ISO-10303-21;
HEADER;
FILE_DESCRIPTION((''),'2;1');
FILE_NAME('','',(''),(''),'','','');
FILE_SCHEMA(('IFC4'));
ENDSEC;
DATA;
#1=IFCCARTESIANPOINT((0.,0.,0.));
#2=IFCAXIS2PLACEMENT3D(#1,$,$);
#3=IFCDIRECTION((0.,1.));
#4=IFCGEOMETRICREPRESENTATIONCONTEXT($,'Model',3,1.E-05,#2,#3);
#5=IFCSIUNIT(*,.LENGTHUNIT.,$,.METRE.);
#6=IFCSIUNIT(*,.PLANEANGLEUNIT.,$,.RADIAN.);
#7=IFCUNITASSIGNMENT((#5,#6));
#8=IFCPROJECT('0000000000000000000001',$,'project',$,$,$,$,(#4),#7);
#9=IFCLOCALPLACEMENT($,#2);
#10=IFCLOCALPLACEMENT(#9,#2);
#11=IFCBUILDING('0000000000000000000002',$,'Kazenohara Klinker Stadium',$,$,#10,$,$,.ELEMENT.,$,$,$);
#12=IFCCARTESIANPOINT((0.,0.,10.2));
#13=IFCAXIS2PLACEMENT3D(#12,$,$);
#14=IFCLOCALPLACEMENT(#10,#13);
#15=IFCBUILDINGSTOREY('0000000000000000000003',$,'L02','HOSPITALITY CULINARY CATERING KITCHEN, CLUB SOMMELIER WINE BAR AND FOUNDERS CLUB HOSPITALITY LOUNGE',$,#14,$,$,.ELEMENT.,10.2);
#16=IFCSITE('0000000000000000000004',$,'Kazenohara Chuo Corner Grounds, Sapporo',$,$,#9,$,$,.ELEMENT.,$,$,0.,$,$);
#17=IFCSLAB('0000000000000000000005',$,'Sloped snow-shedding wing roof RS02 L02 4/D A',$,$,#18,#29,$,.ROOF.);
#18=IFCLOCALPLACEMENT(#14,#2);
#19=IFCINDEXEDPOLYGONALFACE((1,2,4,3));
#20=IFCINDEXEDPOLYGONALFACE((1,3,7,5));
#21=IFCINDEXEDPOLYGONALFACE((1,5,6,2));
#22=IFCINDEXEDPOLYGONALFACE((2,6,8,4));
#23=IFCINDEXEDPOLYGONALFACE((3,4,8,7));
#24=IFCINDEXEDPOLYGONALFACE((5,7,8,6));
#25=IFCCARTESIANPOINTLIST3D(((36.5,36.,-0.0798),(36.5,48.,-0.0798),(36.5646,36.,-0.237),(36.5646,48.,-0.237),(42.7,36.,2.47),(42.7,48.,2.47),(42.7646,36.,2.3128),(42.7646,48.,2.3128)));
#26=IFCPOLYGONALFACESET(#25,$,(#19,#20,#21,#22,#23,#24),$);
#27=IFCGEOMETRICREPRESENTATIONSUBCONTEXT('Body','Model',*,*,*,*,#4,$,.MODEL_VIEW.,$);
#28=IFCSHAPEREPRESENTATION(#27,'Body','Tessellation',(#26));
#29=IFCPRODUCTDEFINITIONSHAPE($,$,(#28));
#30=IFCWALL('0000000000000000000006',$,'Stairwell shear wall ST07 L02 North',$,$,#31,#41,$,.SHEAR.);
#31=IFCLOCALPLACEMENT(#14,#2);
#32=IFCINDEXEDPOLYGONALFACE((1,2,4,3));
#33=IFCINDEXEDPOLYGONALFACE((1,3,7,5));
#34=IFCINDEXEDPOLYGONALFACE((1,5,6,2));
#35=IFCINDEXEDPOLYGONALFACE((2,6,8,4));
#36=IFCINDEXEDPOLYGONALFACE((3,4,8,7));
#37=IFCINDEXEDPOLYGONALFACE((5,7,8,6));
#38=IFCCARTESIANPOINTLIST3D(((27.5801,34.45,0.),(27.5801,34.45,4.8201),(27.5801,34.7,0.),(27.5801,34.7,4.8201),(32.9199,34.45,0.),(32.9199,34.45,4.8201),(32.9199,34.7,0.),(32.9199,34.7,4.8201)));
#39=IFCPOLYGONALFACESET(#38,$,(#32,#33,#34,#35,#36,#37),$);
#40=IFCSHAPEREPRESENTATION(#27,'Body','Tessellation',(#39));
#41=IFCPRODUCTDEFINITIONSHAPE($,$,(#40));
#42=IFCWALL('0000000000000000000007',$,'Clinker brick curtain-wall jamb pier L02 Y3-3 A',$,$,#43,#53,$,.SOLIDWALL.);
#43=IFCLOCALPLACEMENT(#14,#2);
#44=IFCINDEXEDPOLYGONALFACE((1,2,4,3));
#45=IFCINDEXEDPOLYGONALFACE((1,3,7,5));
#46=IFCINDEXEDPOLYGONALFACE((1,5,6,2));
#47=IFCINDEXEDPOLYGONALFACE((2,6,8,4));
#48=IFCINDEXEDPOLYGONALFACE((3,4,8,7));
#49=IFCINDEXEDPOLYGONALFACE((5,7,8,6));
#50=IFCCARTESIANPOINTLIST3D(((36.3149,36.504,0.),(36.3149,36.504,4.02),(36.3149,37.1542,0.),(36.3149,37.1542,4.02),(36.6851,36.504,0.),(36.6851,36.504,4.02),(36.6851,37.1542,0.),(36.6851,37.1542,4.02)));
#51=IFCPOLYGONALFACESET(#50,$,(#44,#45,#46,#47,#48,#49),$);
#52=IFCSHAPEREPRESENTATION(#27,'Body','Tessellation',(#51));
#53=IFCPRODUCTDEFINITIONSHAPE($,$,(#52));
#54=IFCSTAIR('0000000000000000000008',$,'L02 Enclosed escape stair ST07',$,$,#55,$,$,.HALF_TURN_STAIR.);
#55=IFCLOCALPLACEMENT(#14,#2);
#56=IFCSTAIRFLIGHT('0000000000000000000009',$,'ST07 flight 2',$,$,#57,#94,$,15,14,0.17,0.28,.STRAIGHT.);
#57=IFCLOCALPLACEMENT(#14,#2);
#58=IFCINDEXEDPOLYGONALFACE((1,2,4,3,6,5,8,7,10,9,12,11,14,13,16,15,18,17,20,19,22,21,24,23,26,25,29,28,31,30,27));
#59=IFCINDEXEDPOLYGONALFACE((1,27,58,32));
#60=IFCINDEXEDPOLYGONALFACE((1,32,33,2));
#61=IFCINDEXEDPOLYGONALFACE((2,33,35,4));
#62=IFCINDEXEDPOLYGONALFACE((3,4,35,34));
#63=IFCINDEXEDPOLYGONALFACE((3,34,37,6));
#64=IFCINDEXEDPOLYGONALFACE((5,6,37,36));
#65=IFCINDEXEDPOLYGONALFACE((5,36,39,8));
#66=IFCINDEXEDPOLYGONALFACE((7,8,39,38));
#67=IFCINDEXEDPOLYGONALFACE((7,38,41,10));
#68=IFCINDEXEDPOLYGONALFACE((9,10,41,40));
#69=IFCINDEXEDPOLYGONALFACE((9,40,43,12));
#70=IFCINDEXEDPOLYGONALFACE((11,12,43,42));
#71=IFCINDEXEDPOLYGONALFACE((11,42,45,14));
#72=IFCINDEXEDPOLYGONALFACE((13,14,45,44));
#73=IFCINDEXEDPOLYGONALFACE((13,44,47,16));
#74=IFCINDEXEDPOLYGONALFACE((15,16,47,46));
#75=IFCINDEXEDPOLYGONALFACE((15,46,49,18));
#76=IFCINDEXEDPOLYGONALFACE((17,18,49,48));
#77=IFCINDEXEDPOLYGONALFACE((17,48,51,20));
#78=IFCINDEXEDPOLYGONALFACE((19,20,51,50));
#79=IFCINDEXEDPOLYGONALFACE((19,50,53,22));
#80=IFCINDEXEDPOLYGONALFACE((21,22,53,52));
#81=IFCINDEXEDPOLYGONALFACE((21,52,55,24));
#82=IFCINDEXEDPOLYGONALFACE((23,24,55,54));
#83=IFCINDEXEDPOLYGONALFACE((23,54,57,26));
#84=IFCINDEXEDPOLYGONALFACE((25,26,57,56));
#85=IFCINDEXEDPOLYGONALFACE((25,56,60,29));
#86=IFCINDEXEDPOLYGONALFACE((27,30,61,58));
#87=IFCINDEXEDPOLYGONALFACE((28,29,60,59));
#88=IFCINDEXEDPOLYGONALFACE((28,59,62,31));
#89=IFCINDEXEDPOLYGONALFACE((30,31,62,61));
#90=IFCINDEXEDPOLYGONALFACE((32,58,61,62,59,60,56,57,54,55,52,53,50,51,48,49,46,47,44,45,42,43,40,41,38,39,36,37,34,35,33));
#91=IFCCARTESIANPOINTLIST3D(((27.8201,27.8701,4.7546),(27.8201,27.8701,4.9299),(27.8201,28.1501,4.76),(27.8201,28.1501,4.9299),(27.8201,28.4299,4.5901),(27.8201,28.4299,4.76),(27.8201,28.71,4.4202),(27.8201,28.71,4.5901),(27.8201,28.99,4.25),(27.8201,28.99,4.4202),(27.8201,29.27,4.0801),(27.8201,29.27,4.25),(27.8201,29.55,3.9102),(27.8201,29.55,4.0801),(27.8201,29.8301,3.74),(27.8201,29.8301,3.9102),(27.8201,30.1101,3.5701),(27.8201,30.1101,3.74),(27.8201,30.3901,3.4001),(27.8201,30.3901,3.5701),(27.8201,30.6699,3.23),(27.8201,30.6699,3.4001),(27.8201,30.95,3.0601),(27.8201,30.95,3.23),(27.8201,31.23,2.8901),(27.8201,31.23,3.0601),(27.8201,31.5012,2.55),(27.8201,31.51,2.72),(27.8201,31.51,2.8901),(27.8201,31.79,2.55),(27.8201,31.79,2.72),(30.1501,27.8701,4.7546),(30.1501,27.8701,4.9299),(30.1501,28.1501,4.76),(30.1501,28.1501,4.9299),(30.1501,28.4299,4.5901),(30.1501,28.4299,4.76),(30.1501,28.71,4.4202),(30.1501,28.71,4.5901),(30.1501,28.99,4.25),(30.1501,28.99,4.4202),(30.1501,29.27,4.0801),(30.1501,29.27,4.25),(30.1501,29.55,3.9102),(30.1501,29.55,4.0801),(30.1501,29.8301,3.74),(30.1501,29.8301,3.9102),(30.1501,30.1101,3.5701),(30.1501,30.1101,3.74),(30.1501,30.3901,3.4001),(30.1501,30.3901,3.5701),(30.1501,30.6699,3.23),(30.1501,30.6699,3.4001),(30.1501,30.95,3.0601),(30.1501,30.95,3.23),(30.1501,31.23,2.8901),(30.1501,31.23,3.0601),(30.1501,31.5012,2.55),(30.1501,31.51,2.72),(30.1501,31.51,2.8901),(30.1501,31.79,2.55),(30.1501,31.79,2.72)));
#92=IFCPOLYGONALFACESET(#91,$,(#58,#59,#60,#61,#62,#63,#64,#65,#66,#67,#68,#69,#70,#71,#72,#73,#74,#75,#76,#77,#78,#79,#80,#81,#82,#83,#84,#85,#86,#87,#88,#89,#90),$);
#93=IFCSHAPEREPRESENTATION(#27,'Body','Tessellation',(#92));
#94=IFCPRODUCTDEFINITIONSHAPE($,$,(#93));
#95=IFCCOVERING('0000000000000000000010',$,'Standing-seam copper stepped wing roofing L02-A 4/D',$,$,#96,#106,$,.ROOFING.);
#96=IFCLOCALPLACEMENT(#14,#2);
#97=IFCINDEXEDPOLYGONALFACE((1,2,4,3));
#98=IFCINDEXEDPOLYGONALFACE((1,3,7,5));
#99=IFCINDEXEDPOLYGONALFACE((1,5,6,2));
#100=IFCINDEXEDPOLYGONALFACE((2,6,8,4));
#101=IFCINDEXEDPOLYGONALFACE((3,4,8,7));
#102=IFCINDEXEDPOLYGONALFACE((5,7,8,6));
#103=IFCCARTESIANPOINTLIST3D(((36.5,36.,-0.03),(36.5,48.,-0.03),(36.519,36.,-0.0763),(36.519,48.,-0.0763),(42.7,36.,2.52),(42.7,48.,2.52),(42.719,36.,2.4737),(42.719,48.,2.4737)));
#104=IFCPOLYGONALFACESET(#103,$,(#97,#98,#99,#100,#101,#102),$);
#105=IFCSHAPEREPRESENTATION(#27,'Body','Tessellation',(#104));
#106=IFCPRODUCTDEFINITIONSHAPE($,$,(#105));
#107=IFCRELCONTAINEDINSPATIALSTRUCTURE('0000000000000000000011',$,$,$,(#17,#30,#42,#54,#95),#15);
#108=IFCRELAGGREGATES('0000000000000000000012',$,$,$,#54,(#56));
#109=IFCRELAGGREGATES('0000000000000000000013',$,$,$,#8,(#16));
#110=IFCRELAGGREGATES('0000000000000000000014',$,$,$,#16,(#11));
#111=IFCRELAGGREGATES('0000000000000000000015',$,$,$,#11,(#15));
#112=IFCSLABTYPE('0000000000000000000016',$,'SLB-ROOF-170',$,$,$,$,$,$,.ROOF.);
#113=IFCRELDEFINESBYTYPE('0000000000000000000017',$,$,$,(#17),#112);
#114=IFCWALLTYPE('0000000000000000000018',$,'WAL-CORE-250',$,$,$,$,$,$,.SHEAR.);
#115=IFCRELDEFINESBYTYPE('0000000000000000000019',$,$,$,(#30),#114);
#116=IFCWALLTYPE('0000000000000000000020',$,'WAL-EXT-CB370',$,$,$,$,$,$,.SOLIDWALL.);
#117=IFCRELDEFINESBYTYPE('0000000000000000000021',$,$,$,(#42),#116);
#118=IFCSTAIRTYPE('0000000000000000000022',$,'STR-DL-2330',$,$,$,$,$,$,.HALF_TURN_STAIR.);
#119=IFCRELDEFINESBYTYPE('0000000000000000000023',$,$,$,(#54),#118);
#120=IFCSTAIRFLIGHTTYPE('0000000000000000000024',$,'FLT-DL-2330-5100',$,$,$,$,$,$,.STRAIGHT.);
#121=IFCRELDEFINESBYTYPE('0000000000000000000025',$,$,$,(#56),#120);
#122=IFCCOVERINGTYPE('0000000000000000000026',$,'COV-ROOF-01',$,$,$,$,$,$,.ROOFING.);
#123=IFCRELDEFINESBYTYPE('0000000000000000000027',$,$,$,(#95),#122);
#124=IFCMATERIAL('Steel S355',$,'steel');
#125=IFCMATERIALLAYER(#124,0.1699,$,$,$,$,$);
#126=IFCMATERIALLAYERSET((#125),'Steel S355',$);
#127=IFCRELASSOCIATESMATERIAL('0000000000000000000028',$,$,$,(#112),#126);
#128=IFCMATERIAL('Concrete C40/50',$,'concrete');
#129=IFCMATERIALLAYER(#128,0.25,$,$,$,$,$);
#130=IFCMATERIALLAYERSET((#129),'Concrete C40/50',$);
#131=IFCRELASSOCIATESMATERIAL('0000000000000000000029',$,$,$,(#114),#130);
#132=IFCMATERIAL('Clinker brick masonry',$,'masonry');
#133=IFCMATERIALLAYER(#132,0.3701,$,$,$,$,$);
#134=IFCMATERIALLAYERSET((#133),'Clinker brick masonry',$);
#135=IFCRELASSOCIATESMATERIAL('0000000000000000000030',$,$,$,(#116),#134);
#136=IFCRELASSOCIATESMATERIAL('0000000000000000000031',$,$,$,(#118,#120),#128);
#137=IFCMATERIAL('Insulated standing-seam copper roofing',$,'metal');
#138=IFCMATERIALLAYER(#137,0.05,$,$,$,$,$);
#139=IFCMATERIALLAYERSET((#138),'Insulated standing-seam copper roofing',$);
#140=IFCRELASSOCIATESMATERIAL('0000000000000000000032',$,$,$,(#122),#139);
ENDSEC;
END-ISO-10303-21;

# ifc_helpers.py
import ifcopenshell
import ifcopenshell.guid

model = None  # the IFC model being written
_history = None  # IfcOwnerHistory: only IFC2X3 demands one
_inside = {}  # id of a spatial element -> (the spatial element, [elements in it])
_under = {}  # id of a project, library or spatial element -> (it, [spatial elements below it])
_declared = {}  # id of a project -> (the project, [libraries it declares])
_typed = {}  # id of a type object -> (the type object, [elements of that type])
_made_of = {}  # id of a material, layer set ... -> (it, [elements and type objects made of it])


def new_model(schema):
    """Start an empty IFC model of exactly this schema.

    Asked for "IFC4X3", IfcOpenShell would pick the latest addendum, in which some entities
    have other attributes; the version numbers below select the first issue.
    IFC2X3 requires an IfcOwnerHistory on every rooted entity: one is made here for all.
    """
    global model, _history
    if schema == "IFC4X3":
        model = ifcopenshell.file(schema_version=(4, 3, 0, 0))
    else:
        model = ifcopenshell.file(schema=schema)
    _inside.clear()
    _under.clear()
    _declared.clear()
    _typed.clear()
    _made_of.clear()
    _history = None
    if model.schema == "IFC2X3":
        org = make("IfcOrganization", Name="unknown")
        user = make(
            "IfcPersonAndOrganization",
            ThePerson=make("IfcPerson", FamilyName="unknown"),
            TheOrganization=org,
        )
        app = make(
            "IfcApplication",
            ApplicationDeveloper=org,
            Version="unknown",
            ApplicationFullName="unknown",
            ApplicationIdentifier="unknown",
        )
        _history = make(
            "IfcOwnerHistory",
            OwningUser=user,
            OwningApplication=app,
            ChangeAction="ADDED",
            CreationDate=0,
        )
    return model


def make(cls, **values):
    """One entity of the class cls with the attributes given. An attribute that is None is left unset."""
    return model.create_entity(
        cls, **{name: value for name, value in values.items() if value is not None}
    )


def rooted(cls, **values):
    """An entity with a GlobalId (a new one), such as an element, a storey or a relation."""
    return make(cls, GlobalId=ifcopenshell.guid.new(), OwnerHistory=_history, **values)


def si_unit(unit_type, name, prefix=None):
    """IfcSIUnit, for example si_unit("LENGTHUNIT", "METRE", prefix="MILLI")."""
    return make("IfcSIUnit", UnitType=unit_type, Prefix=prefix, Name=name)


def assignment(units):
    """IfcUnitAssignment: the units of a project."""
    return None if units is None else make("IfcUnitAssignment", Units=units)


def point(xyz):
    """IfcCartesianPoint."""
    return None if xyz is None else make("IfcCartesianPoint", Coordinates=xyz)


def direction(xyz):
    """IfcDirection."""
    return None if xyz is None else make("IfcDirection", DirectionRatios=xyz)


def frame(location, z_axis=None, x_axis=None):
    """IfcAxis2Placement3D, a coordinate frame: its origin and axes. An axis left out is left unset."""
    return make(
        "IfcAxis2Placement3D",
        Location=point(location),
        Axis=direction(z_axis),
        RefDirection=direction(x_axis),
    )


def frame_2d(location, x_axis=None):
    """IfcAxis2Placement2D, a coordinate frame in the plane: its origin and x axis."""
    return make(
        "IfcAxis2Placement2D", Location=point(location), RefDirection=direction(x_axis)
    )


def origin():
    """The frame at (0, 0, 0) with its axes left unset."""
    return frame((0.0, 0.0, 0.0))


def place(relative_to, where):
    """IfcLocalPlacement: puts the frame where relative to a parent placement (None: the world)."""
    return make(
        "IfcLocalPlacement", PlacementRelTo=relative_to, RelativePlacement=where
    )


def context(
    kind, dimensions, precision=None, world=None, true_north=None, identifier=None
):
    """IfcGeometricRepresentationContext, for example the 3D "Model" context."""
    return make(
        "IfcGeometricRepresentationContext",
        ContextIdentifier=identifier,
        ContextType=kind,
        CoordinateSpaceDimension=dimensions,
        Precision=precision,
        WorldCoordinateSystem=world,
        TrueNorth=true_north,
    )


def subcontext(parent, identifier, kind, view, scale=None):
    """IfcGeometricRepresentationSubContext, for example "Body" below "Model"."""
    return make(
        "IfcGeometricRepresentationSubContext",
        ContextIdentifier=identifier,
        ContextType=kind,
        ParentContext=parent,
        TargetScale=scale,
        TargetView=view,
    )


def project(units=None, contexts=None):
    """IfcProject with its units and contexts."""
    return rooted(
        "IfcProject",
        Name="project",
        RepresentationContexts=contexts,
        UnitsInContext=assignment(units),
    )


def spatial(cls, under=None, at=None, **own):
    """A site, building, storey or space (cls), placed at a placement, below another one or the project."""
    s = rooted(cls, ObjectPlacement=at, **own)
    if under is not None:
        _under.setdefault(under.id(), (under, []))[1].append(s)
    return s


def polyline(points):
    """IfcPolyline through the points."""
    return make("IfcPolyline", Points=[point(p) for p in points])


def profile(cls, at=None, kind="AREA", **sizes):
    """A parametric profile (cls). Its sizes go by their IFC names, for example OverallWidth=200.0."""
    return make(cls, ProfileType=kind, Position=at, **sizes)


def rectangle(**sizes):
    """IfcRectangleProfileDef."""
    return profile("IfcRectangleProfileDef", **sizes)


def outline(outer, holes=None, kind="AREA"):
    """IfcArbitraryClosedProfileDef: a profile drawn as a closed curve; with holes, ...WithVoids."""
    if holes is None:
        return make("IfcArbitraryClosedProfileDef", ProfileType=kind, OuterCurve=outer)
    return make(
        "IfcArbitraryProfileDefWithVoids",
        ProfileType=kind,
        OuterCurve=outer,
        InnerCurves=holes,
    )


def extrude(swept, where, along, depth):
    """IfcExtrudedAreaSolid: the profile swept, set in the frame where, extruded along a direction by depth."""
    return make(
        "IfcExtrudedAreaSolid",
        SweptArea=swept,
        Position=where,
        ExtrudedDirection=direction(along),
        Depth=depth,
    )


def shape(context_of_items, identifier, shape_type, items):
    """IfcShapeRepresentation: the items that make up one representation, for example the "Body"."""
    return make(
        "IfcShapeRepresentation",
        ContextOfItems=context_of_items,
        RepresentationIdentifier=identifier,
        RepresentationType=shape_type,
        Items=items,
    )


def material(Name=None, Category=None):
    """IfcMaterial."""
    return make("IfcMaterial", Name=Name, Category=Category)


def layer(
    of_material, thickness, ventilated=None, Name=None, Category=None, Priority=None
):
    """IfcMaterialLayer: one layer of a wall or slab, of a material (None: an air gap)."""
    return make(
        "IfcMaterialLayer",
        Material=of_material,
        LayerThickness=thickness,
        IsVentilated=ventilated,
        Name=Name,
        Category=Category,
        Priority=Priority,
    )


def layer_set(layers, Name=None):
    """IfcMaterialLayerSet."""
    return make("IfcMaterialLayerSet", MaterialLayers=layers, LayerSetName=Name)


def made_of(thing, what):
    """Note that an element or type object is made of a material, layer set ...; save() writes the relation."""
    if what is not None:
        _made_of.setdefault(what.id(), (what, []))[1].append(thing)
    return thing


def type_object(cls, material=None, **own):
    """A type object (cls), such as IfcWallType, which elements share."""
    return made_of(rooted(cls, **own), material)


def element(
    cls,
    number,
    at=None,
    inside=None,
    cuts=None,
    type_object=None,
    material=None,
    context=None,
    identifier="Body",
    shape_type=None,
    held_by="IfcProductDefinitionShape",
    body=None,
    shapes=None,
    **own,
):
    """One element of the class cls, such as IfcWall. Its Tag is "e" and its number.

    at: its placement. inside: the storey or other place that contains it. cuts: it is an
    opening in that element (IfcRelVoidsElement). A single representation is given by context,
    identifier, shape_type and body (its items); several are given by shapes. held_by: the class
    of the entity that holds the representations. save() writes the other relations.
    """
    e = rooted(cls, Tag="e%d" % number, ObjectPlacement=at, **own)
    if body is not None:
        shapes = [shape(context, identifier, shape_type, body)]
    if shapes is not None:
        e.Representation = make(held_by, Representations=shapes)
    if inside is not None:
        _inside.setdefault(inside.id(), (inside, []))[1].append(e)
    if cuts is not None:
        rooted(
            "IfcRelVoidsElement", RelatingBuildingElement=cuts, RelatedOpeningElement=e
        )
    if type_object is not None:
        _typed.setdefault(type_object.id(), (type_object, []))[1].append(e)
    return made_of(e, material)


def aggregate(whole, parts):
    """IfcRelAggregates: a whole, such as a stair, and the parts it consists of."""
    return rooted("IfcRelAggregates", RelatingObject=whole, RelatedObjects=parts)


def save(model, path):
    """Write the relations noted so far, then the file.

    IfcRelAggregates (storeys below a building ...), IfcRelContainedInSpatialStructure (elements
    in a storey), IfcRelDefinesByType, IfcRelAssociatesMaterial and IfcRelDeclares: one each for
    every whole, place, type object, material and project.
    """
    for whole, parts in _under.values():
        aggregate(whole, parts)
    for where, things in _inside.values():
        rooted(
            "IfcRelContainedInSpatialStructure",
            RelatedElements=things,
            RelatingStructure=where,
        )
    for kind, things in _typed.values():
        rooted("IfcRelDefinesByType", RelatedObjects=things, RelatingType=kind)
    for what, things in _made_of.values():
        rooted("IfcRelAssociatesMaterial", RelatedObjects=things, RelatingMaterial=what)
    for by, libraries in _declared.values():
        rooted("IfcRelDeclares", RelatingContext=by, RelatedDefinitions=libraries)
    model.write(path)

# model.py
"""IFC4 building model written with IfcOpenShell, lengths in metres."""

from ifc_helpers import new_model, si_unit, direction, frame, frame_2d, origin, place, context, subcontext, project, spatial, polyline, rectangle, outline, extrude, material, layer, layer_set, type_object, element, aggregate, save


model = new_model("IFC4")

# Units and contexts
model_context = context("Model", 3, precision=1e-05, world=origin(), true_north=direction((0.0, 1.0)))
body_context = subcontext(model_context, "Body", "Model", "MODEL_VIEW")
ifc_project = project(units=[si_unit("LENGTHUNIT", "METRE"), si_unit("PLANEANGLEUNIT", "RADIAN")], contexts=[model_context])

# Site, building, storey
site_placement = place(None, origin())
site = spatial("IfcSite", under=ifc_project, at=site_placement, Name="Kazenohara Chuo Corner Grounds, Sapporo", CompositionType="ELEMENT", RefElevation=0.0)
building_placement = place(site_placement, origin())
building = spatial("IfcBuilding", under=site, at=building_placement, Name="Kazenohara Klinker Stadium", CompositionType="ELEMENT")
storey_placement = place(building_placement, frame((0.0, 0.0, 10.2)))
storey = spatial("IfcBuildingStorey", under=building, at=storey_placement, Name="L02", Description="HOSPITALITY CULINARY CATERING KITCHEN, CLUB SOMMELIER WINE BAR AND FOUNDERS CLUB HOSPITALITY LOUNGE", CompositionType="ELEMENT", Elevation=10.2)

# Shared definitions
ifc_material_1 = material(Name="Concrete C40/50", Category="concrete")

# Shared definitions
ifc_material_2 = material(Name="Steel S355", Category="steel")

# Slab
ifc_layer_1 = layer(ifc_material_2, 0.1699)
ifc_layer_set_1 = layer_set([ifc_layer_1], Name="Steel S355")
slab_type = type_object("IfcSlabType", Name="SLB-ROOF-170", PredefinedType="ROOF", material=ifc_layer_set_1)
slab_placement = place(storey_placement, frame((36.5, 36.0, -0.0798), z_axis=(-0.380352, 0.0, 0.924842), x_axis=(0.924842, 0.0, 0.380352)))
element("IfcSlab", 1, at=slab_placement, inside=storey, type_object=slab_type, Name="Sloped snow-shedding wing roof RS02 L02 4/D A", PredefinedType="ROOF", context=body_context, shape_type="SweptSolid", body=[
    extrude(outline(polyline([(0.0, 0.0), (6.7038, 0.0), (6.7038, 12.0), (0.0, 12.0), (0.0, 0.0)])), origin(), (0.0, 0.0, -1.0), 0.1699),
])

# Walls
ifc_layer_2 = layer(ifc_material_1, 0.25)
ifc_layer_set_2 = layer_set([ifc_layer_2], Name="Concrete C40/50")
wall_type_1 = type_object("IfcWallType", Name="WAL-CORE-250", PredefinedType="SHEAR", material=ifc_layer_set_2)
wall_1_placement = place(storey_placement, frame((27.5801, 34.575, 0.0), z_axis=(0.0, 0.0, 1.0), x_axis=(1.0, 0.0, 0.0)))
element("IfcWall", 2, at=wall_1_placement, inside=storey, type_object=wall_type_1, Name="Stairwell shear wall ST07 L02 North", PredefinedType="SHEAR", context=body_context, shape_type="SweptSolid", body=[
    extrude(rectangle(XDim=5.3398, YDim=0.25, at=frame_2d((2.6699, 0.0))), origin(), (0.0, 0.0, 1.0), 4.8201),
])
ifc_material_3 = material(Name="Clinker brick masonry", Category="masonry")
ifc_layer_3 = layer(ifc_material_3, 0.3701)
ifc_layer_set_3 = layer_set([ifc_layer_3], Name="Clinker brick masonry")
wall_type_2 = type_object("IfcWallType", Name="WAL-EXT-CB370", PredefinedType="SOLIDWALL", material=ifc_layer_set_3)
wall_2_placement = place(storey_placement, frame((36.5, 36.5039, 0.0), z_axis=(0.0, 0.0, 1.0), x_axis=(0.0, 1.0, 0.0)))
element("IfcWall", 3, at=wall_2_placement, inside=storey, type_object=wall_type_2, Name="Clinker brick curtain-wall jamb pier L02 Y3-3 A", PredefinedType="SOLIDWALL", context=body_context, shape_type="SweptSolid", body=[
    extrude(rectangle(XDim=0.6501, YDim=0.3701, at=frame_2d((0.3252, 0.0))), origin(), (0.0, 0.0, 1.0), 4.02),
])

# Stair, stair flight
stair_type = type_object("IfcStairType", Name="STR-DL-2330", PredefinedType="HALF_TURN_STAIR", material=ifc_material_1)
stair_placement = place(storey_placement, origin())
stair = element("IfcStair", 4, at=stair_placement, inside=storey, type_object=stair_type, Name="L02 Enclosed escape stair ST07", PredefinedType="HALF_TURN_STAIR")
stair_flight_type = type_object("IfcStairFlightType", Name="FLT-DL-2330-5100", PredefinedType="STRAIGHT", material=ifc_material_1)
stair_flight_placement = place(storey_placement, frame((28.9851, 31.79, 2.55), z_axis=(0.0, 0.0, 1.0), x_axis=(0.0, -1.0, 0.0)))
stair_flight = element("IfcStairFlight", 5, at=stair_flight_placement, type_object=stair_flight_type, Name="ST07 flight 2", NumberOfRisers=15, NumberOfTreads=14, PredefinedType="STRAIGHT", RiserHeight=0.17, TreadLength=0.28, context=body_context, shape_type="SweptSolid", body=[
    extrude(outline(polyline([(0.0, 0.0), (0.0, 0.1699), (0.28, 0.1699), (0.28, 0.3401), (0.5601, 0.3401), (0.5601, 0.51), (0.8401, 0.51), (0.8401, 0.6799), (1.1201, 0.6799), (1.1201, 0.8501), (1.3999, 0.8501), (1.3999, 1.02), (1.6799, 1.02), (1.6799, 1.1899), (1.96, 1.1899), (1.96, 1.3601), (2.24, 1.3601), (2.24, 1.53), (2.52, 1.53), (2.52, 1.7), (2.8, 1.7), (2.8, 1.8701), (3.0801, 1.8701), (3.0801, 2.04), (3.3601, 2.04), (3.3601, 2.21), (3.6399, 2.21), (3.6399, 2.3799), (3.9199, 2.3799), (3.9199, 2.55), (3.9199, 2.2046), (0.2888, 0.0), (0.0, 0.0)])), frame((0.0, 1.165, 0.0), z_axis=(0.0, -1.0, 0.0), x_axis=(1.0, 0.0, 0.0)), (0.0, 0.0, 1.0), 2.3301),
])
aggregate(stair, [stair_flight])

# Covering
ifc_material_4 = material(Name="Insulated standing-seam copper roofing", Category="metal")
ifc_layer_4 = layer(ifc_material_4, 0.05)
ifc_layer_set_4 = layer_set([ifc_layer_4], Name="Insulated standing-seam copper roofing")
covering_type = type_object("IfcCoveringType", Name="COV-ROOF-01", PredefinedType="ROOFING", material=ifc_layer_set_4)
covering_placement = place(storey_placement, frame((36.5, 36.0, -0.03), z_axis=(-0.380383, 0.0, 0.924829), x_axis=(0.924829, 0.0, 0.380383)))
element("IfcCovering", 6, at=covering_placement, inside=storey, type_object=covering_type, Name="Standing-seam copper stepped wing roofing L02-A 4/D", PredefinedType="ROOFING", context=body_context, shape_type="SweptSolid", body=[
    extrude(outline(polyline([(0.0, 0.0), (6.7039, 0.0), (6.7039, 12.0), (0.0, 12.0), (0.0, 0.0)])), origin(), (0.0, 0.0, -1.0), 0.05),
])

save(model, "model.ifc")
